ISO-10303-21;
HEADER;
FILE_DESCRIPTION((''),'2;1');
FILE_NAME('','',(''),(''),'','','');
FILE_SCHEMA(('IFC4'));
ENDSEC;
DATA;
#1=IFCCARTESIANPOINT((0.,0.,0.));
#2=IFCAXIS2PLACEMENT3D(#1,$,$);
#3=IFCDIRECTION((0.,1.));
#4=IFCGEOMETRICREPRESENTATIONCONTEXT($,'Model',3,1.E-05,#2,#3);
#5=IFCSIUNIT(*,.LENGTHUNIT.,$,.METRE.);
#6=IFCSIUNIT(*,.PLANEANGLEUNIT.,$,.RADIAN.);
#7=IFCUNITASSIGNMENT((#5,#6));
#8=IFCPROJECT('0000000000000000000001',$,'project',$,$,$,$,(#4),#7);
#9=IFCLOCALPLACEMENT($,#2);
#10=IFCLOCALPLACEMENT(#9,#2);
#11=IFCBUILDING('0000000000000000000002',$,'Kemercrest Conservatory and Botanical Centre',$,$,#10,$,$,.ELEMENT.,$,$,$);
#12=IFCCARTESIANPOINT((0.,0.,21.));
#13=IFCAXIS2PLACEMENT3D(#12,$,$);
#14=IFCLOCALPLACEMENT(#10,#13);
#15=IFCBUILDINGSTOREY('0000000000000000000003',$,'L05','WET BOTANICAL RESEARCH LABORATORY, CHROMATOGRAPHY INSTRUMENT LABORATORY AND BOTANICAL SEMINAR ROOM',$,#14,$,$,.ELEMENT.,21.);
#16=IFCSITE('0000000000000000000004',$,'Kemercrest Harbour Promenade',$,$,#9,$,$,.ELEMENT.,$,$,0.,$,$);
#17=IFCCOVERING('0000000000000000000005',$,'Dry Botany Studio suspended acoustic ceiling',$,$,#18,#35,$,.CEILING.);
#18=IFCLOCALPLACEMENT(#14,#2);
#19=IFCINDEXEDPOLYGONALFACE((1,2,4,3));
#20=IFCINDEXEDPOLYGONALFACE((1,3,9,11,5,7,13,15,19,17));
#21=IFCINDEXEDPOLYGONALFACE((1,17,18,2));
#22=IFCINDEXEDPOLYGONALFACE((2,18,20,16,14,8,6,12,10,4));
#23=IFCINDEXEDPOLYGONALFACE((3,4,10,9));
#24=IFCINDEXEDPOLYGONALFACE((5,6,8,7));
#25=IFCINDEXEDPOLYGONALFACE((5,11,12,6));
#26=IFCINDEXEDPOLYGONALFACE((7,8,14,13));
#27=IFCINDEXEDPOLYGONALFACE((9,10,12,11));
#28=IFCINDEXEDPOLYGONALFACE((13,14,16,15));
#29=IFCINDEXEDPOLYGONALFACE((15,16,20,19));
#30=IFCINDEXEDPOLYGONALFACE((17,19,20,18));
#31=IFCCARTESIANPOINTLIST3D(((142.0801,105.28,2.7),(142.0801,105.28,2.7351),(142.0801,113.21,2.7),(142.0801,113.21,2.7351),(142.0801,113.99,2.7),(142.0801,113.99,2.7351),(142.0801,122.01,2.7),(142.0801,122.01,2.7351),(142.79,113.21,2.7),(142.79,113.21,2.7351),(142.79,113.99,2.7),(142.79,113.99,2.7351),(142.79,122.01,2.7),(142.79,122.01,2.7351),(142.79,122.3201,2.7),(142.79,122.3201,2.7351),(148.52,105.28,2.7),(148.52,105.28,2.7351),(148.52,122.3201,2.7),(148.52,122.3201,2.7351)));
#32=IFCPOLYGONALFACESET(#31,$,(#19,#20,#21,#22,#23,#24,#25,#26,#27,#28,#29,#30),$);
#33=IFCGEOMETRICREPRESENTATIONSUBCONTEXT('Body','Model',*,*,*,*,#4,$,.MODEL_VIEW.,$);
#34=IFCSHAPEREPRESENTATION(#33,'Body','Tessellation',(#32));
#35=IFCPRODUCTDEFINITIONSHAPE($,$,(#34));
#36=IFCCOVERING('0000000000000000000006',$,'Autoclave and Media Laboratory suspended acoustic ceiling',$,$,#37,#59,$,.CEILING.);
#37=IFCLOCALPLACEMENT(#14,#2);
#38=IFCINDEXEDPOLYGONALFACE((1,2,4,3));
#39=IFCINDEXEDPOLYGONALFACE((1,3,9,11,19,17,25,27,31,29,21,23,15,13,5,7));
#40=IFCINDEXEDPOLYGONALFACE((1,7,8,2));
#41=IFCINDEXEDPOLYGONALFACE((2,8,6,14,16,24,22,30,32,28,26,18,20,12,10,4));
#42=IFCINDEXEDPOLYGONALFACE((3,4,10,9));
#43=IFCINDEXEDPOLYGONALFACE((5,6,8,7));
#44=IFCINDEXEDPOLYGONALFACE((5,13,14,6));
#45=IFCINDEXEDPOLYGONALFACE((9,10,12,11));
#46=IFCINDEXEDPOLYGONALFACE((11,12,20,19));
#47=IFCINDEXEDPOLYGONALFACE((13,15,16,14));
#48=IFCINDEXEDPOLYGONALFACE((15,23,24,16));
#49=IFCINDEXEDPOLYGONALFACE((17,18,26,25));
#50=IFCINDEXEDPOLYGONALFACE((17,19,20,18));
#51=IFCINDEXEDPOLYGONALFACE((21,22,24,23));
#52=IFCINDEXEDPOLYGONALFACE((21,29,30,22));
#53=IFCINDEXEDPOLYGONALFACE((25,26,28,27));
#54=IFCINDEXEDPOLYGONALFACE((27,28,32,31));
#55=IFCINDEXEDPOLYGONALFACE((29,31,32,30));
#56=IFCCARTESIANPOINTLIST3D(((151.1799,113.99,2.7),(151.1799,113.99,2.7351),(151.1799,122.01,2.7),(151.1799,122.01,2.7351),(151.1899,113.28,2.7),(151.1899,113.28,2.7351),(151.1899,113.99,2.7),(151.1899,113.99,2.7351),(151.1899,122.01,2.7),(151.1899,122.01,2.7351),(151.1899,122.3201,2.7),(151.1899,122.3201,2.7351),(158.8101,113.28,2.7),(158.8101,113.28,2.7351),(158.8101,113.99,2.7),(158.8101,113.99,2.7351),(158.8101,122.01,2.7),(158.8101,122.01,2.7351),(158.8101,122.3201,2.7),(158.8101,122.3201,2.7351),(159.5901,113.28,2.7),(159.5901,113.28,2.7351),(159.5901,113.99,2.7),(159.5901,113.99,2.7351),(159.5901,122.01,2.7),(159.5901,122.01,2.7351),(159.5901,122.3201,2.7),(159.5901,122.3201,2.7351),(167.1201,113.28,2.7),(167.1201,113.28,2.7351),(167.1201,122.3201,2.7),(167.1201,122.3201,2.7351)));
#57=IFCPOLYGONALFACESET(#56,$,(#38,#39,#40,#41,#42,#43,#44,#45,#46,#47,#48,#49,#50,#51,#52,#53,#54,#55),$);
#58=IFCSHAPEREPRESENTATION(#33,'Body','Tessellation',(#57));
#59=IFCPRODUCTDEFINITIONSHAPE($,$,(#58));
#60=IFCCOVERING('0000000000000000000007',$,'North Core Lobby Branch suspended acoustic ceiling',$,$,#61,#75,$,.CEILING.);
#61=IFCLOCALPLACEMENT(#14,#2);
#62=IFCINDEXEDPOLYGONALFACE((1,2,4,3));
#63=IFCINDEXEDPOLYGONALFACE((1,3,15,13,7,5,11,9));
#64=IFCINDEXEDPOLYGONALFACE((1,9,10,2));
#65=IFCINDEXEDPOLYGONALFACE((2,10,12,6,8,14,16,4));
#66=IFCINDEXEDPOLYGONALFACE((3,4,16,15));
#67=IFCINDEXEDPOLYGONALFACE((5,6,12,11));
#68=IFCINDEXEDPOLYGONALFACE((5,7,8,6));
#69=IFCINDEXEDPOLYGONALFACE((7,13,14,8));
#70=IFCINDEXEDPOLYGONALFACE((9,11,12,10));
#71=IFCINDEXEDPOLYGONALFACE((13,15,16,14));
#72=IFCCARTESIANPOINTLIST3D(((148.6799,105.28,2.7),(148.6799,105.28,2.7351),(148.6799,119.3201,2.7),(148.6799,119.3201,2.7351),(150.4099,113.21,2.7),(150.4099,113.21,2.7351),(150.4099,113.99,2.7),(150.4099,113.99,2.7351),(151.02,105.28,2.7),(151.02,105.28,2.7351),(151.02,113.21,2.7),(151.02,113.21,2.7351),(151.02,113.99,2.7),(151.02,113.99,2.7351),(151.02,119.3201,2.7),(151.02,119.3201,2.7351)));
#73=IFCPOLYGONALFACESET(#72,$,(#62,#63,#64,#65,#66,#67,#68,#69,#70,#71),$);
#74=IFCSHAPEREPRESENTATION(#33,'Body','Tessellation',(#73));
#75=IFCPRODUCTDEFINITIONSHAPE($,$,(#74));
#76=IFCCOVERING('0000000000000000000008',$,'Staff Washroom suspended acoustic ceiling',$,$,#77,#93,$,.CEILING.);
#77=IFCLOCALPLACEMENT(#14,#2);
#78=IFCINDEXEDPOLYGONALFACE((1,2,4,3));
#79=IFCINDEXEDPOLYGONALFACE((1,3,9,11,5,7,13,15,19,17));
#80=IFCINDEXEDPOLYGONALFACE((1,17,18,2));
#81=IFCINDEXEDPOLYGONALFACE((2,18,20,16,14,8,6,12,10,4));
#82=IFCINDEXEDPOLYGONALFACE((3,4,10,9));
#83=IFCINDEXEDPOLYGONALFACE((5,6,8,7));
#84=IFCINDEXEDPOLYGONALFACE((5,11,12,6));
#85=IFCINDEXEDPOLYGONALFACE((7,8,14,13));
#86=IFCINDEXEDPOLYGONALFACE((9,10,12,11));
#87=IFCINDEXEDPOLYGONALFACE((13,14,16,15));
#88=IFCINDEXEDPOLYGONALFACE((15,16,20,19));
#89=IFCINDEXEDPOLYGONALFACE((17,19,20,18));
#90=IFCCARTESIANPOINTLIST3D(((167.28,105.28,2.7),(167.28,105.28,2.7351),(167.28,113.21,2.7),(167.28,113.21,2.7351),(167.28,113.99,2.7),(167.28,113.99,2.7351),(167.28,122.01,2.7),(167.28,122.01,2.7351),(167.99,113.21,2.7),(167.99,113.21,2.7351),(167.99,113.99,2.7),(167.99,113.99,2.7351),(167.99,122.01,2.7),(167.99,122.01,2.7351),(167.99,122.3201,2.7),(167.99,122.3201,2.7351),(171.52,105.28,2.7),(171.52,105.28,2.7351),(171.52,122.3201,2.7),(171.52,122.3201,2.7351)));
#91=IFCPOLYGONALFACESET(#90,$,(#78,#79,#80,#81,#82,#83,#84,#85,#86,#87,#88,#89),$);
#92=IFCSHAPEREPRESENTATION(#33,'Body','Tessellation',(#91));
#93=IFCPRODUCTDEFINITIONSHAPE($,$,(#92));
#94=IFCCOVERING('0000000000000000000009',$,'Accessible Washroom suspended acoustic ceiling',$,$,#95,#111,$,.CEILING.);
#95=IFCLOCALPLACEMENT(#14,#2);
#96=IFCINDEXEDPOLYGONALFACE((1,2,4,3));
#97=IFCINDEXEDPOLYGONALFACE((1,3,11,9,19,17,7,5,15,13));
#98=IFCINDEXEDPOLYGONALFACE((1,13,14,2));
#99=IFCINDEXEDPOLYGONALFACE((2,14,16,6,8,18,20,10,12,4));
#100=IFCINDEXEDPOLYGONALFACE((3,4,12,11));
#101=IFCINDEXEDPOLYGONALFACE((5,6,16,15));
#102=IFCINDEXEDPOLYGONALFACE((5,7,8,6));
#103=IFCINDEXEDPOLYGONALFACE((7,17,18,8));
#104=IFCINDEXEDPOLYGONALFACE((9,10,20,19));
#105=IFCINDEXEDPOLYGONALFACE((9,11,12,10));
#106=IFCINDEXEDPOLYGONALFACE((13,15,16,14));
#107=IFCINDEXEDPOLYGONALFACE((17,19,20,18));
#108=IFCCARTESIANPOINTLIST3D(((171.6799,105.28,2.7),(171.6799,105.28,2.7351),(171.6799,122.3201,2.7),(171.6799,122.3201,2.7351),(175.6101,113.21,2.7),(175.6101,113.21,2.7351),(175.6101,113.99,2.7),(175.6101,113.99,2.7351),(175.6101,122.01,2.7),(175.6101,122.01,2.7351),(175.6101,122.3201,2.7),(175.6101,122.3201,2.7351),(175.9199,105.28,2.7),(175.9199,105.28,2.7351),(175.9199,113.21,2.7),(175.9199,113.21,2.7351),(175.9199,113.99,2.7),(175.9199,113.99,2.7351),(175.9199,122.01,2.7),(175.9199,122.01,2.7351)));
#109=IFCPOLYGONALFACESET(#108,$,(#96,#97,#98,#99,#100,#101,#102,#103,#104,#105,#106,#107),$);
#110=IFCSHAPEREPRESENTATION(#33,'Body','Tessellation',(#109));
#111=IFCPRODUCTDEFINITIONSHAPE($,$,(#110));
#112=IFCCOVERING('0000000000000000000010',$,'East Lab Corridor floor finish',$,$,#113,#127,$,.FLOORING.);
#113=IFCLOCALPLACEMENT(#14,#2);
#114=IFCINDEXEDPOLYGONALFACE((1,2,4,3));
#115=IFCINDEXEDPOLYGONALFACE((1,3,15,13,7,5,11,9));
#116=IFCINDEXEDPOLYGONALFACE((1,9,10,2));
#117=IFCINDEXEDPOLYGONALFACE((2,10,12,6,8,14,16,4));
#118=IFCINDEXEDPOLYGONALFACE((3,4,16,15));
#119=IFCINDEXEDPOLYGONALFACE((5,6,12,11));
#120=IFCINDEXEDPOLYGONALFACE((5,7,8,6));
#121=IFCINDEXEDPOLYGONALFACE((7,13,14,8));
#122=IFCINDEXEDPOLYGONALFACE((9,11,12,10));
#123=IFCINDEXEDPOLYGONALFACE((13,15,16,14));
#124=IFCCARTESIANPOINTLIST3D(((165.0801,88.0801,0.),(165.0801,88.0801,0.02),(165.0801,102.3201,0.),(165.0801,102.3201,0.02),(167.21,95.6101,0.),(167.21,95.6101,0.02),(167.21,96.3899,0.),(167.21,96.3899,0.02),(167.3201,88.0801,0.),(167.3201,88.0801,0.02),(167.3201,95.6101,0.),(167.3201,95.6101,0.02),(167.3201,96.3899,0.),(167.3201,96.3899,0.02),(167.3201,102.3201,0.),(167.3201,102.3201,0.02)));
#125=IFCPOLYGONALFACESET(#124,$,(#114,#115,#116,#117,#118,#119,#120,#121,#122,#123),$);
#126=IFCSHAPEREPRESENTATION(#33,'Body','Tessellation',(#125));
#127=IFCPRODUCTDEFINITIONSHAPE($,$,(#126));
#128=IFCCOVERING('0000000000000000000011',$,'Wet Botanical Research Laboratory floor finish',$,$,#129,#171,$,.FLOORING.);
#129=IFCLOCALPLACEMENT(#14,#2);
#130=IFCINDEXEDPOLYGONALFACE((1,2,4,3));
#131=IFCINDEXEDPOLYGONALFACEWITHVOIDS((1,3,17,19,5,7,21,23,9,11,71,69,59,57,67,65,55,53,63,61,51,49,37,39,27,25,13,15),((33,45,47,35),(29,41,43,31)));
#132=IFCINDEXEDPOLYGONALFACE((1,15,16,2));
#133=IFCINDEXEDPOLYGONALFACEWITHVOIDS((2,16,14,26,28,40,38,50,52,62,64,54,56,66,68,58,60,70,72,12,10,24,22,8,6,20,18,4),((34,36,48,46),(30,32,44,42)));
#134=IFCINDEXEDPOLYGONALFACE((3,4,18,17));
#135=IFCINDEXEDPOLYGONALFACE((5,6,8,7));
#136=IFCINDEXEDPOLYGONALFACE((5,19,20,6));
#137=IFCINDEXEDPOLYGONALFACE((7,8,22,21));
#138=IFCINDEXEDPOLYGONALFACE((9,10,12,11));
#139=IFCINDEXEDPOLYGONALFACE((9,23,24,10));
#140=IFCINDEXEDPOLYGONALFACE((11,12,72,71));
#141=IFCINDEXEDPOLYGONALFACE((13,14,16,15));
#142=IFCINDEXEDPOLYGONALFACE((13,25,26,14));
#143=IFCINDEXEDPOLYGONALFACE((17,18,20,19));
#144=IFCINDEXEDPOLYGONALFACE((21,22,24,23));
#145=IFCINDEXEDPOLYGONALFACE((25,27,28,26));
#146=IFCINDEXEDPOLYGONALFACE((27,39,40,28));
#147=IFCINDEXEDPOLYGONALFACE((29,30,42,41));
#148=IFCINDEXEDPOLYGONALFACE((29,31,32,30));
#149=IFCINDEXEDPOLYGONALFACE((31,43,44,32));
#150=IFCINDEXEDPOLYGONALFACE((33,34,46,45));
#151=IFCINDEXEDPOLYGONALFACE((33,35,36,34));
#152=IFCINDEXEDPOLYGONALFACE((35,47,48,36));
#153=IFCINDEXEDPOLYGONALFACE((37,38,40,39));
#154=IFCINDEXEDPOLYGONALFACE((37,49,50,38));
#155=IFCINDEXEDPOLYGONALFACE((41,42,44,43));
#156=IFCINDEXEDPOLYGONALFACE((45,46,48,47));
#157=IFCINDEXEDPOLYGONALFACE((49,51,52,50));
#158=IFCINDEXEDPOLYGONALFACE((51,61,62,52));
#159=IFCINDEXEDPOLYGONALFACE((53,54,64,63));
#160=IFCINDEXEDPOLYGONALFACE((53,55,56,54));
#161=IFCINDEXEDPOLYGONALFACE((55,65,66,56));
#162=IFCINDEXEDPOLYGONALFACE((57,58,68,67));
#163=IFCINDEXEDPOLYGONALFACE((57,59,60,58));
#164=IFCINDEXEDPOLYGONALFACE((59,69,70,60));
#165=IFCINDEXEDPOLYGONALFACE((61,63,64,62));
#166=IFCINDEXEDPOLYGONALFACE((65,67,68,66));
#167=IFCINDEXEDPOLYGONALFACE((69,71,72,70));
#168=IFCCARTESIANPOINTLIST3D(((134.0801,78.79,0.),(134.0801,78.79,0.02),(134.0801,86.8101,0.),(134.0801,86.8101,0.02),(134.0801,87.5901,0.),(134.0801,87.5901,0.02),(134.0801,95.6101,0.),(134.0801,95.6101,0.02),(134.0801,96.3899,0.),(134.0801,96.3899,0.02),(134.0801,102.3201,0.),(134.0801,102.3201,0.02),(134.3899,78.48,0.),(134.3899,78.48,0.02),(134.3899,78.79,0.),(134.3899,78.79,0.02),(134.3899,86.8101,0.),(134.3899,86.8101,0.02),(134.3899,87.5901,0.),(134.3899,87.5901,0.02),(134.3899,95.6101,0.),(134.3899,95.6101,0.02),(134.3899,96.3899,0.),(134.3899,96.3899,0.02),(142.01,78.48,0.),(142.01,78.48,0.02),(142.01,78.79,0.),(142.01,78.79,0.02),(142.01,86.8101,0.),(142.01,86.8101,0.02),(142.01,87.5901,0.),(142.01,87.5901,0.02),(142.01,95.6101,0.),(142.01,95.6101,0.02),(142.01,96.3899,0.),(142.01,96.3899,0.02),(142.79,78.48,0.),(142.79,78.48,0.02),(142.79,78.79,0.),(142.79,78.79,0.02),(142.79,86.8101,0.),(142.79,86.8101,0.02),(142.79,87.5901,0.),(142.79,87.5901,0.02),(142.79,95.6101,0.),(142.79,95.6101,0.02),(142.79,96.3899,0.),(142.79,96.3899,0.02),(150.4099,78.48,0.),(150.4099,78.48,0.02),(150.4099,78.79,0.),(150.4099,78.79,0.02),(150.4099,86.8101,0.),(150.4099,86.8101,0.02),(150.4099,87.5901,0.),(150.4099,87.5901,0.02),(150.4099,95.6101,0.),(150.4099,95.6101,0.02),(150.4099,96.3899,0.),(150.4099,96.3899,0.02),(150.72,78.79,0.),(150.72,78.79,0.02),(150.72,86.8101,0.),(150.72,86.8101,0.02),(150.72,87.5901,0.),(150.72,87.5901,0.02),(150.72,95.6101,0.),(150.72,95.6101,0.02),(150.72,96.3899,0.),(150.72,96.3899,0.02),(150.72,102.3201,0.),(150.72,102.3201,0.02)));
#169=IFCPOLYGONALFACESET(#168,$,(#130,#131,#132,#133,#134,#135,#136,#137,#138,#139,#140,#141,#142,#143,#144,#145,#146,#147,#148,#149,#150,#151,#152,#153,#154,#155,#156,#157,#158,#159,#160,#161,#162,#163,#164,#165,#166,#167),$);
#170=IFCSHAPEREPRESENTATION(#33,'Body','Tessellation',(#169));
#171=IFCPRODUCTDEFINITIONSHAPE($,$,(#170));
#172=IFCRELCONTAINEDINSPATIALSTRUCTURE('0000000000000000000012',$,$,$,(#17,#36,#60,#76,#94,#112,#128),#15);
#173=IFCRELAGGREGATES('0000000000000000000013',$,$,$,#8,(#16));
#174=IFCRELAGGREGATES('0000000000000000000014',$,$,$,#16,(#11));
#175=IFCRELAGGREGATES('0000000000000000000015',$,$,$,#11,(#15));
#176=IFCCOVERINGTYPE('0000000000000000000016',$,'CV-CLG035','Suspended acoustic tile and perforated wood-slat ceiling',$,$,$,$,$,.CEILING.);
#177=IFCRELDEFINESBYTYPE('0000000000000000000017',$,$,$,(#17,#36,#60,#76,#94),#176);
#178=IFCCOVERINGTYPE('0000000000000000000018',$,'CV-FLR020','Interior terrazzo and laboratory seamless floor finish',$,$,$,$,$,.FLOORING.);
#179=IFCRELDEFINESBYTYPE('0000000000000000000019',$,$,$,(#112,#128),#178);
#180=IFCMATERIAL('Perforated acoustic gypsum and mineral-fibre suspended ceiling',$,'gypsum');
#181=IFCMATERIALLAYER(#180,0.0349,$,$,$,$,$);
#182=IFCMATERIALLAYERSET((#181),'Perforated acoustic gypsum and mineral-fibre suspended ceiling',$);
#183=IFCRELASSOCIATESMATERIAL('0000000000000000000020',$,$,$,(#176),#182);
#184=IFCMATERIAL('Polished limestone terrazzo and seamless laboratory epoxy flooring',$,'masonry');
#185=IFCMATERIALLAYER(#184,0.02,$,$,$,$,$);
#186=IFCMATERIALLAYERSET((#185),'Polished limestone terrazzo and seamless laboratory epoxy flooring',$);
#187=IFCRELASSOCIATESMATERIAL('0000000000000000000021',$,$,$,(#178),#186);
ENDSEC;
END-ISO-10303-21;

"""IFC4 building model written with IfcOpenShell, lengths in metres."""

from ifc_helpers import new_model, si_unit, direction, frame, origin, place, context, subcontext, project, spatial, polyline, outline, extrude, material, layer, layer_set, type_object, element, save


model = new_model("IFC4")

# Units and contexts
model_context = context("Model", 3, precision=1e-05, world=origin(), true_north=direction((0.0, 1.0)))
body_context = subcontext(model_context, "Body", "Model", "MODEL_VIEW")
ifc_project = project(units=[si_unit("LENGTHUNIT", "METRE"), si_unit("PLANEANGLEUNIT", "RADIAN")], contexts=[model_context])

# Site, building, storey
site_placement = place(None, origin())
site = spatial("IfcSite", under=ifc_project, at=site_placement, Name="Kemercrest Harbour Promenade", CompositionType="ELEMENT", RefElevation=0.0)
building_placement = place(site_placement, origin())
building = spatial("IfcBuilding", under=site, at=building_placement, Name="Kemercrest Conservatory and Botanical Centre", CompositionType="ELEMENT")
storey_placement = place(building_placement, frame((0.0, 0.0, 21.0)))
storey = spatial("IfcBuildingStorey", under=building, at=storey_placement, Name="L05", Description="WET BOTANICAL RESEARCH LABORATORY, CHROMATOGRAPHY INSTRUMENT LABORATORY AND BOTANICAL SEMINAR ROOM", CompositionType="ELEMENT", Elevation=21.0)

# Coverings
ifc_material_1 = material(Name="Perforated acoustic gypsum and mineral-fibre suspended ceiling", Category="gypsum")
ifc_layer_1 = layer(ifc_material_1, 0.0349)
ifc_layer_set_1 = layer_set([ifc_layer_1], Name="Perforated acoustic gypsum and mineral-fibre suspended ceiling")
covering_type_1 = type_object("IfcCoveringType", Name="CV-CLG035", Description="Suspended acoustic tile and perforated wood-slat ceiling", PredefinedType="CEILING", material=ifc_layer_set_1)
covering_1_placement = place(storey_placement, frame((0.0, 0.0, 2.7)))
element("IfcCovering", 1, at=covering_1_placement, inside=storey, type_object=covering_type_1, Name="Dry Botany Studio suspended acoustic ceiling", PredefinedType="CEILING", context=body_context, shape_type="SweptSolid", body=[
    extrude(outline(polyline([(142.0801, 105.28), (148.52, 105.28), (148.52, 122.3201), (142.79, 122.3201), (142.79, 122.01), (142.0801, 122.01), (142.0801, 113.99), (142.79, 113.99), (142.79, 113.21), (142.0801, 113.21), (142.0801, 105.28)])), origin(), (0.0, 0.0, 1.0), 0.0352),
])
covering_2_placement = place(storey_placement, frame((0.0, 0.0, 2.7)))
element("IfcCovering", 2, at=covering_2_placement, inside=storey, type_object=covering_type_1, Name="Autoclave and Media Laboratory suspended acoustic ceiling", PredefinedType="CEILING", context=body_context, shape_type="SweptSolid", body=[
    extrude(outline(polyline([(159.5901, 113.28), (167.1201, 113.28), (167.1201, 122.3201), (159.5901, 122.3201), (159.5901, 122.01), (158.8101, 122.01), (158.8101, 122.3201), (151.1899, 122.3201), (151.1899, 122.01), (151.1799, 122.01), (151.1799, 113.99), (151.1899, 113.99), (151.1899, 113.28), (158.8101, 113.28), (158.8101, 113.99), (159.5901, 113.99), (159.5901, 113.28)])), origin(), (0.0, 0.0, 1.0), 0.0352),
])
covering_3_placement = place(storey_placement, frame((0.0, 0.0, 2.7)))
element("IfcCovering", 3, at=covering_3_placement, inside=storey, type_object=covering_type_1, Name="North Core Lobby Branch suspended acoustic ceiling", PredefinedType="CEILING", context=body_context, shape_type="SweptSolid", body=[
    extrude(outline(polyline([(148.6799, 105.28), (151.02, 105.28), (151.02, 113.21), (150.4099, 113.21), (150.4099, 113.99), (151.02, 113.99), (151.02, 119.3201), (148.6799, 119.3201), (148.6799, 105.28)])), origin(), (0.0, 0.0, 1.0), 0.0352),
])
covering_4_placement = place(storey_placement, frame((0.0, 0.0, 2.7)))
element("IfcCovering", 4, at=covering_4_placement, inside=storey, type_object=covering_type_1, Name="Staff Washroom suspended acoustic ceiling", PredefinedType="CEILING", context=body_context, shape_type="SweptSolid", body=[
    extrude(outline(polyline([(167.28, 105.28), (171.52, 105.28), (171.52, 122.3201), (167.99, 122.3201), (167.99, 122.01), (167.28, 122.01), (167.28, 113.99), (167.99, 113.99), (167.99, 113.21), (167.28, 113.21), (167.28, 105.28)])), origin(), (0.0, 0.0, 1.0), 0.0352),
])
covering_5_placement = place(storey_placement, frame((0.0, 0.0, 2.7)))
element("IfcCovering", 5, at=covering_5_placement, inside=storey, type_object=covering_type_1, Name="Accessible Washroom suspended acoustic ceiling", PredefinedType="CEILING", context=body_context, shape_type="SweptSolid", body=[
    extrude(outline(polyline([(171.6799, 105.28), (175.9199, 105.28), (175.9199, 113.21), (175.6101, 113.21), (175.6101, 113.99), (175.9199, 113.99), (175.9199, 122.01), (175.6101, 122.01), (175.6101, 122.3201), (171.6799, 122.3201), (171.6799, 105.28)])), origin(), (0.0, 0.0, 1.0), 0.0352),
])
ifc_material_2 = material(Name="Polished limestone terrazzo and seamless laboratory epoxy flooring", Category="masonry")
ifc_layer_2 = layer(ifc_material_2, 0.02)
ifc_layer_set_2 = layer_set([ifc_layer_2], Name="Polished limestone terrazzo and seamless laboratory epoxy flooring")
covering_type_2 = type_object("IfcCoveringType", Name="CV-FLR020", Description="Interior terrazzo and laboratory seamless floor finish", PredefinedType="FLOORING", material=ifc_layer_set_2)
covering_6_placement = place(storey_placement, origin())
element("IfcCovering", 6, at=covering_6_placement, inside=storey, type_object=covering_type_2, Name="East Lab Corridor floor finish", PredefinedType="FLOORING", context=body_context, shape_type="SweptSolid", body=[
    extrude(outline(polyline([(165.0801, 88.0801), (167.3201, 88.0801), (167.3201, 95.6101), (167.21, 95.6101), (167.21, 96.3899), (167.3201, 96.3899), (167.3201, 102.3201), (165.0801, 102.3201), (165.0801, 88.0801)])), origin(), (0.0, 0.0, 1.0), 0.02),
])
covering_7_placement = place(storey_placement, origin())
element("IfcCovering", 7, at=covering_7_placement, inside=storey, type_object=covering_type_2, Name="Wet Botanical Research Laboratory floor finish", PredefinedType="FLOORING", context=body_context, shape_type="SweptSolid", body=[
    extrude(outline(polyline([(142.01, 78.79), (142.79, 78.79), (142.79, 78.48), (150.4099, 78.48), (150.4099, 78.79), (150.72, 78.79), (150.72, 86.8101), (150.4099, 86.8101), (150.4099, 87.5901), (150.72, 87.5901), (150.72, 95.6101), (150.4099, 95.6101), (150.4099, 96.3899), (150.72, 96.3899), (150.72, 102.3201), (134.0801, 102.3201), (134.0801, 96.3899), (134.3899, 96.3899), (134.3899, 95.6101), (134.0801, 95.6101), (134.0801, 87.5901), (134.3899, 87.5901), (134.3899, 86.8101), (134.0801, 86.8101), (134.0801, 78.79), (134.3899, 78.79), (134.3899, 78.48), (142.01, 78.48), (142.01, 78.79)]), holes=[polyline([(142.01, 87.5901), (142.79, 87.5901), (142.79, 86.8101), (142.01, 86.8101), (142.01, 87.5901)]), polyline([(142.79, 96.3899), (142.79, 95.6101), (142.01, 95.6101), (142.01, 96.3899), (142.79, 96.3899)])]), origin(), (0.0, 0.0, 1.0), 0.02),
])

save(model, "model.ifc")
